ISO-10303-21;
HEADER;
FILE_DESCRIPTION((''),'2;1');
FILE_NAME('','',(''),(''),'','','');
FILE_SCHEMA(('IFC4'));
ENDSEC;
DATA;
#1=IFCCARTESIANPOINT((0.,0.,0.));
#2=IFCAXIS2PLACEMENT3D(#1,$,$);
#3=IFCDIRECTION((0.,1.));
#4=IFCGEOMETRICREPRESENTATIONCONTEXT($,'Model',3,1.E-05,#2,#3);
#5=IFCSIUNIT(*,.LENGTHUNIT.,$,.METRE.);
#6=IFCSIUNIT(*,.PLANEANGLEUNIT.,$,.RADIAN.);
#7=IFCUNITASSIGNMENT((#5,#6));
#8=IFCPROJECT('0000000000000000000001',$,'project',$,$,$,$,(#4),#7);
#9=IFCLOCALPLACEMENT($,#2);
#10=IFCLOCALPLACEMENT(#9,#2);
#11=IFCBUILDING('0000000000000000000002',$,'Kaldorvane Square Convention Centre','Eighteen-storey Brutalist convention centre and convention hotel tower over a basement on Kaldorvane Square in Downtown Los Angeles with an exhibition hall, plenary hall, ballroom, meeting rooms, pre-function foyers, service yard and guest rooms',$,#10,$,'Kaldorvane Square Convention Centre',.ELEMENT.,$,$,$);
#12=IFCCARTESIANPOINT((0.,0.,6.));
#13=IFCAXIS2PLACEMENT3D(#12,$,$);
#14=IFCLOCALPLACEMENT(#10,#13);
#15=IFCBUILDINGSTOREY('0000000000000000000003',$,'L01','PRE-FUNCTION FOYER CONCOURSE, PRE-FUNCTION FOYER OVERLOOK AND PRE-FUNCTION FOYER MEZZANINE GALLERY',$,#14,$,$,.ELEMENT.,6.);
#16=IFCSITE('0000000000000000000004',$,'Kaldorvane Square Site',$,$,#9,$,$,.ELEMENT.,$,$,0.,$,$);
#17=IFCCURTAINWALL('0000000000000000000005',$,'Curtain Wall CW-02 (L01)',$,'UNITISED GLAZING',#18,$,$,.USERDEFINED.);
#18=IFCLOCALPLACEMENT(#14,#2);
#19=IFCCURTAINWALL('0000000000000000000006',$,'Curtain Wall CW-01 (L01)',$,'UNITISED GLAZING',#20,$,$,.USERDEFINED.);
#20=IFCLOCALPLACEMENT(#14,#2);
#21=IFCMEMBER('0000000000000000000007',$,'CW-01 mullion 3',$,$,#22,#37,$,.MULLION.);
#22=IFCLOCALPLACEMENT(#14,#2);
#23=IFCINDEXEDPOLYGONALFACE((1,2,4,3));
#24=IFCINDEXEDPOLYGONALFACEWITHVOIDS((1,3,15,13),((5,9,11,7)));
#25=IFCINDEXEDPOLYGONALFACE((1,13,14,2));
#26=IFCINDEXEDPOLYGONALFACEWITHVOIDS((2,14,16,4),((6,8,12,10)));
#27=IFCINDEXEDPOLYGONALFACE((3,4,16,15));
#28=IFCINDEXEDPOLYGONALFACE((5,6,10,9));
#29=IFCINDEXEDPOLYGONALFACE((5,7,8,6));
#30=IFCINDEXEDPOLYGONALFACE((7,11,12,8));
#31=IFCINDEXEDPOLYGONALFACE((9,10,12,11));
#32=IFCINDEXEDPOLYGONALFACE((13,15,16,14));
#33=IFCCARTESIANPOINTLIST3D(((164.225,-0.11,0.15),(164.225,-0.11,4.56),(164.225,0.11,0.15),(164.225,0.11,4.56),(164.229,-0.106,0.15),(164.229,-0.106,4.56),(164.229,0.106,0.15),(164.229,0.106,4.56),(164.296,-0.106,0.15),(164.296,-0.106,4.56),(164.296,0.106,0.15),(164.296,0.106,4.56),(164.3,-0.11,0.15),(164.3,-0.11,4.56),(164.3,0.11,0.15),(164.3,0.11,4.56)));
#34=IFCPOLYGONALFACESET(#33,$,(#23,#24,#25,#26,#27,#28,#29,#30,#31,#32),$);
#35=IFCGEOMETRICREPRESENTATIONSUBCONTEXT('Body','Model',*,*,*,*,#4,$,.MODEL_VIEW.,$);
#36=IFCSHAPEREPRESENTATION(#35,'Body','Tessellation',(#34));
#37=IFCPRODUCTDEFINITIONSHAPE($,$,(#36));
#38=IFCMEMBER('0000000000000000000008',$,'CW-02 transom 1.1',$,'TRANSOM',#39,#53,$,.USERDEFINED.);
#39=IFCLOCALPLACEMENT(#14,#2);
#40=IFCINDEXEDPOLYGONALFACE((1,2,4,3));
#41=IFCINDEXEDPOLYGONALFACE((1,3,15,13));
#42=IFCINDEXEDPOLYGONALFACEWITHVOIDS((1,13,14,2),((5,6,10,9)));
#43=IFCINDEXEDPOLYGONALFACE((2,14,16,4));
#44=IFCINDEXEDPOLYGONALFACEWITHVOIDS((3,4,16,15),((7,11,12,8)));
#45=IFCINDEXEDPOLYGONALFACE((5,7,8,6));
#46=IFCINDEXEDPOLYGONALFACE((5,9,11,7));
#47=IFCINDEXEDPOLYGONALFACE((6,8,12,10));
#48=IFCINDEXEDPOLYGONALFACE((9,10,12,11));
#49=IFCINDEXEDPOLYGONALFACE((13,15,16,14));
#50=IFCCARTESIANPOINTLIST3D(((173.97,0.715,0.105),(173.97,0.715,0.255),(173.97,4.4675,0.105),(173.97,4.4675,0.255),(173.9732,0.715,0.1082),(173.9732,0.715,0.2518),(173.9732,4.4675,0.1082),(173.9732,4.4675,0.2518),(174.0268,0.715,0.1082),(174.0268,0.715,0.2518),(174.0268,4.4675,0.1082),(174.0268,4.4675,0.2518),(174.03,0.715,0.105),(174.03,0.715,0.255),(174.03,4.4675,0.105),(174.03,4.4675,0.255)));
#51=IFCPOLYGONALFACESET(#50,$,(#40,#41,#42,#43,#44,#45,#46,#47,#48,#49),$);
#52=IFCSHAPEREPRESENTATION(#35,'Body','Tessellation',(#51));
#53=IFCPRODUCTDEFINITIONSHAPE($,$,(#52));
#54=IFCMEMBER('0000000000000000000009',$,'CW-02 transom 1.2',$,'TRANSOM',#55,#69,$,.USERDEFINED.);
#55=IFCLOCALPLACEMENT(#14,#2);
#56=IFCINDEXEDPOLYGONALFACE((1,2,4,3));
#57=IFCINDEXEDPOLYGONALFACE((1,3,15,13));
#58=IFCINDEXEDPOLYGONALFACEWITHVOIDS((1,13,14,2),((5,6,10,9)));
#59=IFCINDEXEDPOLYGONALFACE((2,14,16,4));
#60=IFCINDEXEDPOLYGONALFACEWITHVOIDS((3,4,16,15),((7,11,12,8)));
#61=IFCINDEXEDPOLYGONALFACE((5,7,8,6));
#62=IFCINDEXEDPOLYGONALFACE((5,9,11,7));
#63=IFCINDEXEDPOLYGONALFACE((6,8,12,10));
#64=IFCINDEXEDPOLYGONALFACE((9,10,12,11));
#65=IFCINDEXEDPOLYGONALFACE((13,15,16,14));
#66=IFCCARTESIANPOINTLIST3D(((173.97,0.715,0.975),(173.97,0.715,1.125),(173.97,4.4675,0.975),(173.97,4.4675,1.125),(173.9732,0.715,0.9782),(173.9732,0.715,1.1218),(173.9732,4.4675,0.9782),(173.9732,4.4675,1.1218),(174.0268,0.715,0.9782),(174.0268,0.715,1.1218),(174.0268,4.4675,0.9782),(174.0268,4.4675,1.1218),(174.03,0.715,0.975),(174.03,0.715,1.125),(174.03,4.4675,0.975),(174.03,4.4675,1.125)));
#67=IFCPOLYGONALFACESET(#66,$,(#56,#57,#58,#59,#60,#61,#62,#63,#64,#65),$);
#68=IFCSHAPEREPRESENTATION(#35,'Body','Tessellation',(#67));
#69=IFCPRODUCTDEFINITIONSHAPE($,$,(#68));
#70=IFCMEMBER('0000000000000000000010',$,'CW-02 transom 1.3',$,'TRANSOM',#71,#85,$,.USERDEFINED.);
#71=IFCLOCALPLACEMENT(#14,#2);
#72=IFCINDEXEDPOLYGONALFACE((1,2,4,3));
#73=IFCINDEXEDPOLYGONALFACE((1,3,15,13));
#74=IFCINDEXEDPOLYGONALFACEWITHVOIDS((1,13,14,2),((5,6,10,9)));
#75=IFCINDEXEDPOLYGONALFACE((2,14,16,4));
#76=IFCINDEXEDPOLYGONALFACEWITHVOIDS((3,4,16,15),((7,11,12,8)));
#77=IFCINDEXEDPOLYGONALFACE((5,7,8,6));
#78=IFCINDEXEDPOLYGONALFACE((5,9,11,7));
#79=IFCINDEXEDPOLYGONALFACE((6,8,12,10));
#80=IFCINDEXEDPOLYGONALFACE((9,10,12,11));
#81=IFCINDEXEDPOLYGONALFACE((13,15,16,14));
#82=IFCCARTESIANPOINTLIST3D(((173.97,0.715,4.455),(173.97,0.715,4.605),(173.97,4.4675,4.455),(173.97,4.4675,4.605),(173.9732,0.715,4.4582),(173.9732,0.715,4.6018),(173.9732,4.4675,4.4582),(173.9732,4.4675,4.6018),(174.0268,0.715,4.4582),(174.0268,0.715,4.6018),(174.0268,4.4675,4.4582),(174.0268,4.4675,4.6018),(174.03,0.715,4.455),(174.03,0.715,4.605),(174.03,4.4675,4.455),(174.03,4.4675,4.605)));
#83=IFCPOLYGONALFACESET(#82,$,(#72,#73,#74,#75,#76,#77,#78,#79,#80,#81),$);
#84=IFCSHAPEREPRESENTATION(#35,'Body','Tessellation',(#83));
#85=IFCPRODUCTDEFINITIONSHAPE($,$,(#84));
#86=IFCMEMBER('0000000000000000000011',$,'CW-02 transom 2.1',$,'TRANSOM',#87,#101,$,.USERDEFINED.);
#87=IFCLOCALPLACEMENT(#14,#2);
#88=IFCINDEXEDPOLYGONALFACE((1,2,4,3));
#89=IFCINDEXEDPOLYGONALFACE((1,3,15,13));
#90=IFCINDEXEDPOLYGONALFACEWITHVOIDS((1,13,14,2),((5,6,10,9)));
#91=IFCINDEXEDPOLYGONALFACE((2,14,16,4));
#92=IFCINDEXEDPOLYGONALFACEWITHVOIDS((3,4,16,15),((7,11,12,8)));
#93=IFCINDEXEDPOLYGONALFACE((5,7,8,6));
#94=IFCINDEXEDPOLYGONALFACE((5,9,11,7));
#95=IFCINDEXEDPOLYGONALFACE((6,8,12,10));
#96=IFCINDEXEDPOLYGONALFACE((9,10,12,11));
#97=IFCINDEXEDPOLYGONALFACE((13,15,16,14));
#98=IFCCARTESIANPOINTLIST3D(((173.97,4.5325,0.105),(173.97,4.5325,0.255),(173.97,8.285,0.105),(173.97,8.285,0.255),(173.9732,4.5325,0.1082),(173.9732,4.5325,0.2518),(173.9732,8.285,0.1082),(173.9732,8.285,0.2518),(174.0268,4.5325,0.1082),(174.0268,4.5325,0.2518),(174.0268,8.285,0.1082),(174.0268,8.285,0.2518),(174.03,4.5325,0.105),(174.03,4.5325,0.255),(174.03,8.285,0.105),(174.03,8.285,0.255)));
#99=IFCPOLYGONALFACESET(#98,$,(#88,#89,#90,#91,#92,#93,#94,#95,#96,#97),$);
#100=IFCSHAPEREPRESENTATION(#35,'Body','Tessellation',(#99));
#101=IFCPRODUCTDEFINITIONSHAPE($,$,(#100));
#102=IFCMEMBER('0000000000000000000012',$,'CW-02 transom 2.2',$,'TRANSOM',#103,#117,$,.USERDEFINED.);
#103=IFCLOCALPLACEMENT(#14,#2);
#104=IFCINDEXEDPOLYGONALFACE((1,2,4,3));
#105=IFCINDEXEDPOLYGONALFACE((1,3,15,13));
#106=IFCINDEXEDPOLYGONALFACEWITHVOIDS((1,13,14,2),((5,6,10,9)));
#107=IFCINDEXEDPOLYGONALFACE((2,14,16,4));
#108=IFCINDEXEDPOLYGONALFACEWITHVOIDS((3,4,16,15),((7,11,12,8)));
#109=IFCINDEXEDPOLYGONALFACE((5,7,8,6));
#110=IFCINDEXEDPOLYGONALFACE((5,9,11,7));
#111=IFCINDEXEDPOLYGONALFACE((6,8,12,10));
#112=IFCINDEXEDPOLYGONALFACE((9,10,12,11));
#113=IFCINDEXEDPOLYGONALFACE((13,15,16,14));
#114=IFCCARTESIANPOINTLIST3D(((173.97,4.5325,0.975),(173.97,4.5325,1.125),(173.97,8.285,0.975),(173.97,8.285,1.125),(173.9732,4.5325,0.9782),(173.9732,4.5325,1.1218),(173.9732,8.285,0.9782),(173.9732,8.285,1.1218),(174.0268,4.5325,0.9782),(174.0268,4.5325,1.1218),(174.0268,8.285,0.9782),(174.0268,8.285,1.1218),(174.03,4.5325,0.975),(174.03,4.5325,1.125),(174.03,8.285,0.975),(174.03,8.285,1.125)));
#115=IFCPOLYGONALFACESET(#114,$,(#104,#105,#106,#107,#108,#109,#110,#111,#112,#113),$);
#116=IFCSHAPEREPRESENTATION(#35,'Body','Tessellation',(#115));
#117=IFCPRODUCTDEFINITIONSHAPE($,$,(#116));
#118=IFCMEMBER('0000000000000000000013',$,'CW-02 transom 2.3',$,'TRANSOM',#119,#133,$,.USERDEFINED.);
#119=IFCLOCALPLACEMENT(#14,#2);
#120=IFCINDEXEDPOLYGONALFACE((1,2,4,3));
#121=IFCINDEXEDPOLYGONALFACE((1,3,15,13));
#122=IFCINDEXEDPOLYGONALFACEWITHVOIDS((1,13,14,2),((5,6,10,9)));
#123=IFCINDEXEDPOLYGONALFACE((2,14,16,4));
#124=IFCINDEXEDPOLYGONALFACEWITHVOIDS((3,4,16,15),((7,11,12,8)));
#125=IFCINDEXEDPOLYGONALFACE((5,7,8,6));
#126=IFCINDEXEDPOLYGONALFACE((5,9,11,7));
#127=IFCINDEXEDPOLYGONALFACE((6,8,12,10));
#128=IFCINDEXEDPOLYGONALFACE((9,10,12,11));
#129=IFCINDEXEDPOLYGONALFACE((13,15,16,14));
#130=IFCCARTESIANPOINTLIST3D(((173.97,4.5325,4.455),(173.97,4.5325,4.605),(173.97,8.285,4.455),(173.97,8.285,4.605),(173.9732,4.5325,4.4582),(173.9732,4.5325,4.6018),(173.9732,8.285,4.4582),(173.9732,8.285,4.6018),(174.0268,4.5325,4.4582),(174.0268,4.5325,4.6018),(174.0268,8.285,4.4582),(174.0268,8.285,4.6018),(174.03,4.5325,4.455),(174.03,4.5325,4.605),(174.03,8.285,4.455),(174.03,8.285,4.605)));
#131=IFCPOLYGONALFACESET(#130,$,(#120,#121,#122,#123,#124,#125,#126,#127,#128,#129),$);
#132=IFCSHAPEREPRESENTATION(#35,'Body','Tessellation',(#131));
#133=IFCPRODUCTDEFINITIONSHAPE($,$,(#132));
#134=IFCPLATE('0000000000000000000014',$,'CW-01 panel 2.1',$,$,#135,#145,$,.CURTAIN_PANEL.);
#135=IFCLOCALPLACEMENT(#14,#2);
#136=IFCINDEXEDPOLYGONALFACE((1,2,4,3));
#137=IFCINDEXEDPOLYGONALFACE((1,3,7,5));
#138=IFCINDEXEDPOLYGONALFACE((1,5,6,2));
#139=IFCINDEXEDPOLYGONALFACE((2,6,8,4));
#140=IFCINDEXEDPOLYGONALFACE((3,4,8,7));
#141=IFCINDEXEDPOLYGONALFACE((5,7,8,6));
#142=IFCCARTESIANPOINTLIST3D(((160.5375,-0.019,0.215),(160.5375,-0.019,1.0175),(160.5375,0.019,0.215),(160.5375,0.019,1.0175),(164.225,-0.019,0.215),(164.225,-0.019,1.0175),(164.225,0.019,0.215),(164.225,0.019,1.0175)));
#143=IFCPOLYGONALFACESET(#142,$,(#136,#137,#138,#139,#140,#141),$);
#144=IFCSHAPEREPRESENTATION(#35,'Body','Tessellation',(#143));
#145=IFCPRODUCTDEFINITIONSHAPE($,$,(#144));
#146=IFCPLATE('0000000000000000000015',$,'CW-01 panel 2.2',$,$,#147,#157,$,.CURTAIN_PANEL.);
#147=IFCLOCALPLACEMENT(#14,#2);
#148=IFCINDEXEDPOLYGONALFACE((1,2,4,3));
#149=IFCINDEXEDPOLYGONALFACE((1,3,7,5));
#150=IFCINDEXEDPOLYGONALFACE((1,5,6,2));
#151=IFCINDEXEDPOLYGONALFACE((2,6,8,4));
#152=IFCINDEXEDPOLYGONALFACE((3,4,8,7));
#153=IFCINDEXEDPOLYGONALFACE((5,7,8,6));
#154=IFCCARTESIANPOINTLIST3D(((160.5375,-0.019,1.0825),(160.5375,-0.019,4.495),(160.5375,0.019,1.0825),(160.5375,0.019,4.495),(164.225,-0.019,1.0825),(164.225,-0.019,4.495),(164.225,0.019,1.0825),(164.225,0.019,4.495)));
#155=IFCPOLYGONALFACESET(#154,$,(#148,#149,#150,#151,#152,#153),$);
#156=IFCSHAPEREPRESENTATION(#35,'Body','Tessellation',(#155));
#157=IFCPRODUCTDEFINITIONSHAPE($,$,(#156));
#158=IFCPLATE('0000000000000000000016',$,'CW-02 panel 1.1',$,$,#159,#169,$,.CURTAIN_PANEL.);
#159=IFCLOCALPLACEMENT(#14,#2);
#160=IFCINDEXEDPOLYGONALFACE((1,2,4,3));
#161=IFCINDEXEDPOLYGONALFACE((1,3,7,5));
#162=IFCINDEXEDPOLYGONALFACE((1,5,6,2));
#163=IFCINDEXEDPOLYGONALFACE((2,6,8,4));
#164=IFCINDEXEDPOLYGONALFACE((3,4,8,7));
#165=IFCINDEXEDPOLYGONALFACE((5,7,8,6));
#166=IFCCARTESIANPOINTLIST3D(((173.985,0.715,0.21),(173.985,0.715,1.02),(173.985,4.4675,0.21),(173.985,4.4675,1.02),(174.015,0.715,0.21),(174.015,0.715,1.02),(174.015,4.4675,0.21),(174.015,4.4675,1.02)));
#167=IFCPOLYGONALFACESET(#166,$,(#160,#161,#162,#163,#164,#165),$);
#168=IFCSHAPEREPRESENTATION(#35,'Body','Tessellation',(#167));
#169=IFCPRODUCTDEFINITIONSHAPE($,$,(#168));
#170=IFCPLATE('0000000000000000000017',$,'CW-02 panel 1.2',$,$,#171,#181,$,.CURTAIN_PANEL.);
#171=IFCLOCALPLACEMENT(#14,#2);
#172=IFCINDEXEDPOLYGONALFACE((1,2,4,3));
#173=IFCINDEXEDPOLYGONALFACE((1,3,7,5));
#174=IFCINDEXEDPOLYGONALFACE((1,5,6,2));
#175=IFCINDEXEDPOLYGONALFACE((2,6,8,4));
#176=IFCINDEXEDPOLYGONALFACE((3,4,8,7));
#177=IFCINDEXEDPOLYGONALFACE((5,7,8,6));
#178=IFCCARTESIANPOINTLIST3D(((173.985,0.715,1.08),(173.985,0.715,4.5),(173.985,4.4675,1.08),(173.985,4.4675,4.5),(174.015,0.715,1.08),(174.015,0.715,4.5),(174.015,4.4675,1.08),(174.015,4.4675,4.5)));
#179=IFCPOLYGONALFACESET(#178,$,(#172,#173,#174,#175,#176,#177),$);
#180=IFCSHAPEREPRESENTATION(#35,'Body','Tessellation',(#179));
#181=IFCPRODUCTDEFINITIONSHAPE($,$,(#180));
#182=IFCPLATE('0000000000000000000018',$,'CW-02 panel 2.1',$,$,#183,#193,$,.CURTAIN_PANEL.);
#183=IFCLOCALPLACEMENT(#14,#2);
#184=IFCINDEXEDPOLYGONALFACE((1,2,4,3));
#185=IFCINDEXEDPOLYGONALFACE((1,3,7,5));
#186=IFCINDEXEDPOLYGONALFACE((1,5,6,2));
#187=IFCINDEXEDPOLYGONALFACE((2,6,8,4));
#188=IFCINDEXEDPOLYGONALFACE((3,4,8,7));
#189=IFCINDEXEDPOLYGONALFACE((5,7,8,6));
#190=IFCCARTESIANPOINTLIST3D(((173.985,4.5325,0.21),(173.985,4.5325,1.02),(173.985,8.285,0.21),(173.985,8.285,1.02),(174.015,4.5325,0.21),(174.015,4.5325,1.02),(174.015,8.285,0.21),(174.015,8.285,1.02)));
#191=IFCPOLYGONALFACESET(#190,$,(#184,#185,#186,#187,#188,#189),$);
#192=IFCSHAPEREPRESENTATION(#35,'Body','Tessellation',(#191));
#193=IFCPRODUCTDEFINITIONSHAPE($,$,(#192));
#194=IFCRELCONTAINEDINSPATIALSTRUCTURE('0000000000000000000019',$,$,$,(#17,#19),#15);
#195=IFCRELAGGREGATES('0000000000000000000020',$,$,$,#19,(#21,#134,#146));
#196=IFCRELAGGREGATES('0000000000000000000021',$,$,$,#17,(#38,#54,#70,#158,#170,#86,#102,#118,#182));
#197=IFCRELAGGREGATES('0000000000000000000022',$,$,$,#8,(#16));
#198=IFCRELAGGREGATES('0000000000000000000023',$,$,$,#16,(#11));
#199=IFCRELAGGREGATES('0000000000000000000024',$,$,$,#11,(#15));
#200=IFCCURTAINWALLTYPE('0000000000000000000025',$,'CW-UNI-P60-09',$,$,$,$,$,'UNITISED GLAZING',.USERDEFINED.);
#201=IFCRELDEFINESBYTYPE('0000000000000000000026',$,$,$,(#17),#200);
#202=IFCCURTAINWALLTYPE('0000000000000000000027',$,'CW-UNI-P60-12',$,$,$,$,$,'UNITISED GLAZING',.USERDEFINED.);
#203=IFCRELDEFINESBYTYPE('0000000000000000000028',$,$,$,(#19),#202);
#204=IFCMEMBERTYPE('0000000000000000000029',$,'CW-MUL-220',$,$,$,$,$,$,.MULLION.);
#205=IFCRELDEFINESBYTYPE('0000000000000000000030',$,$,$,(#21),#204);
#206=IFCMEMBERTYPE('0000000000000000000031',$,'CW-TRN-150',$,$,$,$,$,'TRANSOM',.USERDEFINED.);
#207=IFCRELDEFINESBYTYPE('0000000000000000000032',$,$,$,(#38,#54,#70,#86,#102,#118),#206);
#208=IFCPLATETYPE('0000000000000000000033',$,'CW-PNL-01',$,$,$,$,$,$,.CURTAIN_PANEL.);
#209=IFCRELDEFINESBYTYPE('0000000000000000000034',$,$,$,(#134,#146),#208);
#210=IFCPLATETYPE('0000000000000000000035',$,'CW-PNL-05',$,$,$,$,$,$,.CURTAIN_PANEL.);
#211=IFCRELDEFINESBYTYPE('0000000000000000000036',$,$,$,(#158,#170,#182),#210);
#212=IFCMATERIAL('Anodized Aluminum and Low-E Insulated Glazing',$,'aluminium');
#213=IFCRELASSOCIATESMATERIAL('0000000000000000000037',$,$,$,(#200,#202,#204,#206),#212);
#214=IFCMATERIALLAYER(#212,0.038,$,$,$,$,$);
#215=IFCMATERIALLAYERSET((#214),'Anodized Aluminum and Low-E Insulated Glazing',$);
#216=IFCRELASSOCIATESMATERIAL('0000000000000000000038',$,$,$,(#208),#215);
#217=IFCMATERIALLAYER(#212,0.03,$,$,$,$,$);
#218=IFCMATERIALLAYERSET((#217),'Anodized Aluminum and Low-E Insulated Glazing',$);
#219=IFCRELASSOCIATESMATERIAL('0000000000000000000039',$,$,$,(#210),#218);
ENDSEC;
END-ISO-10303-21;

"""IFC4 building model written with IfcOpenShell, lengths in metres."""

from ifc_helpers import new_model, si_unit, direction, frame, origin, origin_2d, place, context, subcontext, project, spatial, rectangle, hollow_rectangle, extrude, material, layer, layer_set, material_profile, profile_set, type_object, element, aggregate, save


model = new_model("IFC4")

# Units and contexts
model_context = context("Model", 3, precision=1e-05, world=origin(), true_north=direction((0.0, 1.0)))
body_context = subcontext(model_context, "Body", "Model", "MODEL_VIEW")
ifc_project = project(units=[si_unit("LENGTHUNIT", "METRE"), si_unit("PLANEANGLEUNIT", "RADIAN")], contexts=[model_context])

# Site, building, storey
site_placement = place(None, origin())
site = spatial("IfcSite", under=ifc_project, at=site_placement, Name="Kaldorvane Square Site", CompositionType="ELEMENT", RefElevation=0.0)
building_placement = place(site_placement, origin())
building = spatial("IfcBuilding", under=site, at=building_placement, Name="Kaldorvane Square Convention Centre", Description="Eighteen-storey Brutalist convention centre and convention hotel tower over a basement on Kaldorvane Square in Downtown Los Angeles with an exhibition hall, plenary hall, ballroom, meeting rooms, pre-function foyers, service yard and guest rooms", LongName="Kaldorvane Square Convention Centre", CompositionType="ELEMENT")
storey_placement = place(building_placement, frame((0.0, 0.0, 6.0)))
storey = spatial("IfcBuildingStorey", under=building, at=storey_placement, Name="L01", Description="PRE-FUNCTION FOYER CONCOURSE, PRE-FUNCTION FOYER OVERLOOK AND PRE-FUNCTION FOYER MEZZANINE GALLERY", CompositionType="ELEMENT", Elevation=6.0)

# Curtain wall
ifc_material_1 = material(Name="Anodized Aluminum and Low-E Insulated Glazing", Category="aluminium")
curtain_wall_type_1 = type_object("IfcCurtainWallType", Name="CW-UNI-P60-09", ElementType="UNITISED GLAZING", PredefinedType="USERDEFINED", material=ifc_material_1)
curtain_wall_1_placement = place(storey_placement, origin())
curtain_wall_1 = element("IfcCurtainWall", 1, at=curtain_wall_1_placement, inside=storey, type_object=curtain_wall_type_1, Name="Curtain Wall CW-02 (L01)", ObjectType="UNITISED GLAZING", PredefinedType="USERDEFINED")

# Curtain wall, member
curtain_wall_type_2 = type_object("IfcCurtainWallType", Name="CW-UNI-P60-12", ElementType="UNITISED GLAZING", PredefinedType="USERDEFINED", material=ifc_material_1)
curtain_wall_2_placement = place(storey_placement, origin())
curtain_wall_2 = element("IfcCurtainWall", 2, at=curtain_wall_2_placement, inside=storey, type_object=curtain_wall_type_2, Name="Curtain Wall CW-01 (L01)", ObjectType="UNITISED GLAZING", PredefinedType="USERDEFINED")
ifc_material_profile_1 = material_profile(ifc_material_1, hollow_rectangle(XDim=0.075, YDim=0.22, WallThickness=0.004, at=origin_2d()), Name="CWM-220X75")
ifc_profile_set_1 = profile_set([ifc_material_profile_1], Name="Anodized Aluminum and Low-E Insulated Glazing")
member_type_1 = type_object("IfcMemberType", Name="CW-MUL-220", PredefinedType="MULLION", material=ifc_profile_set_1)
member_1_placement = place(storey_placement, frame((164.2625, 0.0, 0.15), z_axis=(0.0, 0.0, 1.0), x_axis=(1.0, 0.0, 0.0)))
member_1 = element("IfcMember", 3, at=member_1_placement, type_object=member_type_1, Name="CW-01 mullion 3", PredefinedType="MULLION", context=body_context, shape_type="SweptSolid", body=[
    extrude(hollow_rectangle(XDim=0.075, YDim=0.22, WallThickness=0.004, at=origin_2d()), origin(), (0.0, 0.0, 1.0), 4.41),
])

# Members
ifc_material_profile_2 = material_profile(ifc_material_1, hollow_rectangle(XDim=0.06, YDim=0.15, WallThickness=0.0032, at=origin_2d()), Name="CWT-150X60")
ifc_profile_set_2 = profile_set([ifc_material_profile_2], Name="Anodized Aluminum and Low-E Insulated Glazing")
member_type_2 = type_object("IfcMemberType", Name="CW-TRN-150", ElementType="TRANSOM", PredefinedType="USERDEFINED", material=ifc_profile_set_2)
member_2_placement = place(storey_placement, frame((174.0, 0.715, 0.18), z_axis=(0.0, 1.0, 0.0), x_axis=(-1.0, 0.0, 0.0)))
member_2 = element("IfcMember", 4, at=member_2_placement, type_object=member_type_2, Name="CW-02 transom 1.1", ObjectType="TRANSOM", PredefinedType="USERDEFINED", context=body_context, shape_type="SweptSolid", body=[
    extrude(hollow_rectangle(XDim=0.06, YDim=0.15, WallThickness=0.0032, at=origin_2d()), origin(), (0.0, 0.0, 1.0), 3.7525),
])
member_3_placement = place(storey_placement, frame((174.0, 0.715, 1.05), z_axis=(0.0, 1.0, 0.0), x_axis=(-1.0, 0.0, 0.0)))
member_3 = element("IfcMember", 5, at=member_3_placement, type_object=member_type_2, Name="CW-02 transom 1.2", ObjectType="TRANSOM", PredefinedType="USERDEFINED", context=body_context, shape_type="SweptSolid", body=[
    extrude(hollow_rectangle(XDim=0.06, YDim=0.15, WallThickness=0.0032, at=origin_2d()), origin(), (0.0, 0.0, 1.0), 3.7525),
])
member_4_placement = place(storey_placement, frame((174.0, 0.715, 4.53), z_axis=(0.0, 1.0, 0.0), x_axis=(-1.0, 0.0, 0.0)))
member_4 = element("IfcMember", 6, at=member_4_placement, type_object=member_type_2, Name="CW-02 transom 1.3", ObjectType="TRANSOM", PredefinedType="USERDEFINED", context=body_context, shape_type="SweptSolid", body=[
    extrude(hollow_rectangle(XDim=0.06, YDim=0.15, WallThickness=0.0032, at=origin_2d()), origin(), (0.0, 0.0, 1.0), 3.7525),
])
member_5_placement = place(storey_placement, frame((174.0, 4.5325, 0.18), z_axis=(0.0, 1.0, 0.0), x_axis=(-1.0, 0.0, 0.0)))
member_5 = element("IfcMember", 7, at=member_5_placement, type_object=member_type_2, Name="CW-02 transom 2.1", ObjectType="TRANSOM", PredefinedType="USERDEFINED", context=body_context, shape_type="SweptSolid", body=[
    extrude(hollow_rectangle(XDim=0.06, YDim=0.15, WallThickness=0.0032, at=origin_2d()), origin(), (0.0, 0.0, 1.0), 3.7525),
])
member_6_placement = place(storey_placement, frame((174.0, 4.5325, 1.05), z_axis=(0.0, 1.0, 0.0), x_axis=(-1.0, 0.0, 0.0)))
member_6 = element("IfcMember", 8, at=member_6_placement, type_object=member_type_2, Name="CW-02 transom 2.2", ObjectType="TRANSOM", PredefinedType="USERDEFINED", context=body_context, shape_type="SweptSolid", body=[
    extrude(hollow_rectangle(XDim=0.06, YDim=0.15, WallThickness=0.0032, at=origin_2d()), origin(), (0.0, 0.0, 1.0), 3.7525),
])
member_7_placement = place(storey_placement, frame((174.0, 4.5325, 4.53), z_axis=(0.0, 1.0, 0.0), x_axis=(-1.0, 0.0, 0.0)))
member_7 = element("IfcMember", 9, at=member_7_placement, type_object=member_type_2, Name="CW-02 transom 2.3", ObjectType="TRANSOM", PredefinedType="USERDEFINED", context=body_context, shape_type="SweptSolid", body=[
    extrude(hollow_rectangle(XDim=0.06, YDim=0.15, WallThickness=0.0032, at=origin_2d()), origin(), (0.0, 0.0, 1.0), 3.7525),
])

# Plates
ifc_layer_1 = layer(ifc_material_1, 0.038)
ifc_layer_set_1 = layer_set([ifc_layer_1], Name="Anodized Aluminum and Low-E Insulated Glazing")
plate_type_1 = type_object("IfcPlateType", Name="CW-PNL-01", PredefinedType="CURTAIN_PANEL", material=ifc_layer_set_1)
plate_1_placement = place(storey_placement, frame((162.3813, 0.0, 0.215), z_axis=(0.0, 0.0, 1.0), x_axis=(1.0, 0.0, 0.0)))
plate_1 = element("IfcPlate", 10, at=plate_1_placement, type_object=plate_type_1, Name="CW-01 panel 2.1", PredefinedType="CURTAIN_PANEL", context=body_context, shape_type="SweptSolid", body=[
    extrude(rectangle(XDim=3.6875, YDim=0.038, at=origin_2d()), origin(), (0.0, 0.0, 1.0), 0.8025),
])
plate_2_placement = place(storey_placement, frame((162.3813, 0.0, 1.0825), z_axis=(0.0, 0.0, 1.0), x_axis=(1.0, 0.0, 0.0)))
plate_2 = element("IfcPlate", 11, at=plate_2_placement, type_object=plate_type_1, Name="CW-01 panel 2.2", PredefinedType="CURTAIN_PANEL", context=body_context, shape_type="SweptSolid", body=[
    extrude(rectangle(XDim=3.6875, YDim=0.038, at=origin_2d()), origin(), (0.0, 0.0, 1.0), 3.4125),
])
aggregate(curtain_wall_2, [member_1, plate_1, plate_2])
ifc_layer_2 = layer(ifc_material_1, 0.03)
ifc_layer_set_2 = layer_set([ifc_layer_2], Name="Anodized Aluminum and Low-E Insulated Glazing")
plate_type_2 = type_object("IfcPlateType", Name="CW-PNL-05", PredefinedType="CURTAIN_PANEL", material=ifc_layer_set_2)
plate_3_placement = place(storey_placement, frame((174.0, 2.5912, 0.21), z_axis=(0.0, 0.0, 1.0), x_axis=(0.0, 1.0, 0.0)))
plate_3 = element("IfcPlate", 12, at=plate_3_placement, type_object=plate_type_2, Name="CW-02 panel 1.1", PredefinedType="CURTAIN_PANEL", context=body_context, shape_type="SweptSolid", body=[
    extrude(rectangle(XDim=3.7525, YDim=0.03, at=origin_2d()), origin(), (0.0, 0.0, 1.0), 0.81),
])
plate_4_placement = place(storey_placement, frame((174.0, 2.5912, 1.08), z_axis=(0.0, 0.0, 1.0), x_axis=(0.0, 1.0, 0.0)))
plate_4 = element("IfcPlate", 13, at=plate_4_placement, type_object=plate_type_2, Name="CW-02 panel 1.2", PredefinedType="CURTAIN_PANEL", context=body_context, shape_type="SweptSolid", body=[
    extrude(rectangle(XDim=3.7525, YDim=0.03, at=origin_2d()), origin(), (0.0, 0.0, 1.0), 3.42),
])
plate_5_placement = place(storey_placement, frame((174.0, 6.4088, 0.21), z_axis=(0.0, 0.0, 1.0), x_axis=(0.0, 1.0, 0.0)))
plate_5 = element("IfcPlate", 14, at=plate_5_placement, type_object=plate_type_2, Name="CW-02 panel 2.1", PredefinedType="CURTAIN_PANEL", context=body_context, shape_type="SweptSolid", body=[
    extrude(rectangle(XDim=3.7525, YDim=0.03, at=origin_2d()), origin(), (0.0, 0.0, 1.0), 0.81),
])
aggregate(curtain_wall_1, [member_2, member_3, member_4, plate_3, plate_4, member_5, member_6, member_7, plate_5])

save(model, "model.ifc")
